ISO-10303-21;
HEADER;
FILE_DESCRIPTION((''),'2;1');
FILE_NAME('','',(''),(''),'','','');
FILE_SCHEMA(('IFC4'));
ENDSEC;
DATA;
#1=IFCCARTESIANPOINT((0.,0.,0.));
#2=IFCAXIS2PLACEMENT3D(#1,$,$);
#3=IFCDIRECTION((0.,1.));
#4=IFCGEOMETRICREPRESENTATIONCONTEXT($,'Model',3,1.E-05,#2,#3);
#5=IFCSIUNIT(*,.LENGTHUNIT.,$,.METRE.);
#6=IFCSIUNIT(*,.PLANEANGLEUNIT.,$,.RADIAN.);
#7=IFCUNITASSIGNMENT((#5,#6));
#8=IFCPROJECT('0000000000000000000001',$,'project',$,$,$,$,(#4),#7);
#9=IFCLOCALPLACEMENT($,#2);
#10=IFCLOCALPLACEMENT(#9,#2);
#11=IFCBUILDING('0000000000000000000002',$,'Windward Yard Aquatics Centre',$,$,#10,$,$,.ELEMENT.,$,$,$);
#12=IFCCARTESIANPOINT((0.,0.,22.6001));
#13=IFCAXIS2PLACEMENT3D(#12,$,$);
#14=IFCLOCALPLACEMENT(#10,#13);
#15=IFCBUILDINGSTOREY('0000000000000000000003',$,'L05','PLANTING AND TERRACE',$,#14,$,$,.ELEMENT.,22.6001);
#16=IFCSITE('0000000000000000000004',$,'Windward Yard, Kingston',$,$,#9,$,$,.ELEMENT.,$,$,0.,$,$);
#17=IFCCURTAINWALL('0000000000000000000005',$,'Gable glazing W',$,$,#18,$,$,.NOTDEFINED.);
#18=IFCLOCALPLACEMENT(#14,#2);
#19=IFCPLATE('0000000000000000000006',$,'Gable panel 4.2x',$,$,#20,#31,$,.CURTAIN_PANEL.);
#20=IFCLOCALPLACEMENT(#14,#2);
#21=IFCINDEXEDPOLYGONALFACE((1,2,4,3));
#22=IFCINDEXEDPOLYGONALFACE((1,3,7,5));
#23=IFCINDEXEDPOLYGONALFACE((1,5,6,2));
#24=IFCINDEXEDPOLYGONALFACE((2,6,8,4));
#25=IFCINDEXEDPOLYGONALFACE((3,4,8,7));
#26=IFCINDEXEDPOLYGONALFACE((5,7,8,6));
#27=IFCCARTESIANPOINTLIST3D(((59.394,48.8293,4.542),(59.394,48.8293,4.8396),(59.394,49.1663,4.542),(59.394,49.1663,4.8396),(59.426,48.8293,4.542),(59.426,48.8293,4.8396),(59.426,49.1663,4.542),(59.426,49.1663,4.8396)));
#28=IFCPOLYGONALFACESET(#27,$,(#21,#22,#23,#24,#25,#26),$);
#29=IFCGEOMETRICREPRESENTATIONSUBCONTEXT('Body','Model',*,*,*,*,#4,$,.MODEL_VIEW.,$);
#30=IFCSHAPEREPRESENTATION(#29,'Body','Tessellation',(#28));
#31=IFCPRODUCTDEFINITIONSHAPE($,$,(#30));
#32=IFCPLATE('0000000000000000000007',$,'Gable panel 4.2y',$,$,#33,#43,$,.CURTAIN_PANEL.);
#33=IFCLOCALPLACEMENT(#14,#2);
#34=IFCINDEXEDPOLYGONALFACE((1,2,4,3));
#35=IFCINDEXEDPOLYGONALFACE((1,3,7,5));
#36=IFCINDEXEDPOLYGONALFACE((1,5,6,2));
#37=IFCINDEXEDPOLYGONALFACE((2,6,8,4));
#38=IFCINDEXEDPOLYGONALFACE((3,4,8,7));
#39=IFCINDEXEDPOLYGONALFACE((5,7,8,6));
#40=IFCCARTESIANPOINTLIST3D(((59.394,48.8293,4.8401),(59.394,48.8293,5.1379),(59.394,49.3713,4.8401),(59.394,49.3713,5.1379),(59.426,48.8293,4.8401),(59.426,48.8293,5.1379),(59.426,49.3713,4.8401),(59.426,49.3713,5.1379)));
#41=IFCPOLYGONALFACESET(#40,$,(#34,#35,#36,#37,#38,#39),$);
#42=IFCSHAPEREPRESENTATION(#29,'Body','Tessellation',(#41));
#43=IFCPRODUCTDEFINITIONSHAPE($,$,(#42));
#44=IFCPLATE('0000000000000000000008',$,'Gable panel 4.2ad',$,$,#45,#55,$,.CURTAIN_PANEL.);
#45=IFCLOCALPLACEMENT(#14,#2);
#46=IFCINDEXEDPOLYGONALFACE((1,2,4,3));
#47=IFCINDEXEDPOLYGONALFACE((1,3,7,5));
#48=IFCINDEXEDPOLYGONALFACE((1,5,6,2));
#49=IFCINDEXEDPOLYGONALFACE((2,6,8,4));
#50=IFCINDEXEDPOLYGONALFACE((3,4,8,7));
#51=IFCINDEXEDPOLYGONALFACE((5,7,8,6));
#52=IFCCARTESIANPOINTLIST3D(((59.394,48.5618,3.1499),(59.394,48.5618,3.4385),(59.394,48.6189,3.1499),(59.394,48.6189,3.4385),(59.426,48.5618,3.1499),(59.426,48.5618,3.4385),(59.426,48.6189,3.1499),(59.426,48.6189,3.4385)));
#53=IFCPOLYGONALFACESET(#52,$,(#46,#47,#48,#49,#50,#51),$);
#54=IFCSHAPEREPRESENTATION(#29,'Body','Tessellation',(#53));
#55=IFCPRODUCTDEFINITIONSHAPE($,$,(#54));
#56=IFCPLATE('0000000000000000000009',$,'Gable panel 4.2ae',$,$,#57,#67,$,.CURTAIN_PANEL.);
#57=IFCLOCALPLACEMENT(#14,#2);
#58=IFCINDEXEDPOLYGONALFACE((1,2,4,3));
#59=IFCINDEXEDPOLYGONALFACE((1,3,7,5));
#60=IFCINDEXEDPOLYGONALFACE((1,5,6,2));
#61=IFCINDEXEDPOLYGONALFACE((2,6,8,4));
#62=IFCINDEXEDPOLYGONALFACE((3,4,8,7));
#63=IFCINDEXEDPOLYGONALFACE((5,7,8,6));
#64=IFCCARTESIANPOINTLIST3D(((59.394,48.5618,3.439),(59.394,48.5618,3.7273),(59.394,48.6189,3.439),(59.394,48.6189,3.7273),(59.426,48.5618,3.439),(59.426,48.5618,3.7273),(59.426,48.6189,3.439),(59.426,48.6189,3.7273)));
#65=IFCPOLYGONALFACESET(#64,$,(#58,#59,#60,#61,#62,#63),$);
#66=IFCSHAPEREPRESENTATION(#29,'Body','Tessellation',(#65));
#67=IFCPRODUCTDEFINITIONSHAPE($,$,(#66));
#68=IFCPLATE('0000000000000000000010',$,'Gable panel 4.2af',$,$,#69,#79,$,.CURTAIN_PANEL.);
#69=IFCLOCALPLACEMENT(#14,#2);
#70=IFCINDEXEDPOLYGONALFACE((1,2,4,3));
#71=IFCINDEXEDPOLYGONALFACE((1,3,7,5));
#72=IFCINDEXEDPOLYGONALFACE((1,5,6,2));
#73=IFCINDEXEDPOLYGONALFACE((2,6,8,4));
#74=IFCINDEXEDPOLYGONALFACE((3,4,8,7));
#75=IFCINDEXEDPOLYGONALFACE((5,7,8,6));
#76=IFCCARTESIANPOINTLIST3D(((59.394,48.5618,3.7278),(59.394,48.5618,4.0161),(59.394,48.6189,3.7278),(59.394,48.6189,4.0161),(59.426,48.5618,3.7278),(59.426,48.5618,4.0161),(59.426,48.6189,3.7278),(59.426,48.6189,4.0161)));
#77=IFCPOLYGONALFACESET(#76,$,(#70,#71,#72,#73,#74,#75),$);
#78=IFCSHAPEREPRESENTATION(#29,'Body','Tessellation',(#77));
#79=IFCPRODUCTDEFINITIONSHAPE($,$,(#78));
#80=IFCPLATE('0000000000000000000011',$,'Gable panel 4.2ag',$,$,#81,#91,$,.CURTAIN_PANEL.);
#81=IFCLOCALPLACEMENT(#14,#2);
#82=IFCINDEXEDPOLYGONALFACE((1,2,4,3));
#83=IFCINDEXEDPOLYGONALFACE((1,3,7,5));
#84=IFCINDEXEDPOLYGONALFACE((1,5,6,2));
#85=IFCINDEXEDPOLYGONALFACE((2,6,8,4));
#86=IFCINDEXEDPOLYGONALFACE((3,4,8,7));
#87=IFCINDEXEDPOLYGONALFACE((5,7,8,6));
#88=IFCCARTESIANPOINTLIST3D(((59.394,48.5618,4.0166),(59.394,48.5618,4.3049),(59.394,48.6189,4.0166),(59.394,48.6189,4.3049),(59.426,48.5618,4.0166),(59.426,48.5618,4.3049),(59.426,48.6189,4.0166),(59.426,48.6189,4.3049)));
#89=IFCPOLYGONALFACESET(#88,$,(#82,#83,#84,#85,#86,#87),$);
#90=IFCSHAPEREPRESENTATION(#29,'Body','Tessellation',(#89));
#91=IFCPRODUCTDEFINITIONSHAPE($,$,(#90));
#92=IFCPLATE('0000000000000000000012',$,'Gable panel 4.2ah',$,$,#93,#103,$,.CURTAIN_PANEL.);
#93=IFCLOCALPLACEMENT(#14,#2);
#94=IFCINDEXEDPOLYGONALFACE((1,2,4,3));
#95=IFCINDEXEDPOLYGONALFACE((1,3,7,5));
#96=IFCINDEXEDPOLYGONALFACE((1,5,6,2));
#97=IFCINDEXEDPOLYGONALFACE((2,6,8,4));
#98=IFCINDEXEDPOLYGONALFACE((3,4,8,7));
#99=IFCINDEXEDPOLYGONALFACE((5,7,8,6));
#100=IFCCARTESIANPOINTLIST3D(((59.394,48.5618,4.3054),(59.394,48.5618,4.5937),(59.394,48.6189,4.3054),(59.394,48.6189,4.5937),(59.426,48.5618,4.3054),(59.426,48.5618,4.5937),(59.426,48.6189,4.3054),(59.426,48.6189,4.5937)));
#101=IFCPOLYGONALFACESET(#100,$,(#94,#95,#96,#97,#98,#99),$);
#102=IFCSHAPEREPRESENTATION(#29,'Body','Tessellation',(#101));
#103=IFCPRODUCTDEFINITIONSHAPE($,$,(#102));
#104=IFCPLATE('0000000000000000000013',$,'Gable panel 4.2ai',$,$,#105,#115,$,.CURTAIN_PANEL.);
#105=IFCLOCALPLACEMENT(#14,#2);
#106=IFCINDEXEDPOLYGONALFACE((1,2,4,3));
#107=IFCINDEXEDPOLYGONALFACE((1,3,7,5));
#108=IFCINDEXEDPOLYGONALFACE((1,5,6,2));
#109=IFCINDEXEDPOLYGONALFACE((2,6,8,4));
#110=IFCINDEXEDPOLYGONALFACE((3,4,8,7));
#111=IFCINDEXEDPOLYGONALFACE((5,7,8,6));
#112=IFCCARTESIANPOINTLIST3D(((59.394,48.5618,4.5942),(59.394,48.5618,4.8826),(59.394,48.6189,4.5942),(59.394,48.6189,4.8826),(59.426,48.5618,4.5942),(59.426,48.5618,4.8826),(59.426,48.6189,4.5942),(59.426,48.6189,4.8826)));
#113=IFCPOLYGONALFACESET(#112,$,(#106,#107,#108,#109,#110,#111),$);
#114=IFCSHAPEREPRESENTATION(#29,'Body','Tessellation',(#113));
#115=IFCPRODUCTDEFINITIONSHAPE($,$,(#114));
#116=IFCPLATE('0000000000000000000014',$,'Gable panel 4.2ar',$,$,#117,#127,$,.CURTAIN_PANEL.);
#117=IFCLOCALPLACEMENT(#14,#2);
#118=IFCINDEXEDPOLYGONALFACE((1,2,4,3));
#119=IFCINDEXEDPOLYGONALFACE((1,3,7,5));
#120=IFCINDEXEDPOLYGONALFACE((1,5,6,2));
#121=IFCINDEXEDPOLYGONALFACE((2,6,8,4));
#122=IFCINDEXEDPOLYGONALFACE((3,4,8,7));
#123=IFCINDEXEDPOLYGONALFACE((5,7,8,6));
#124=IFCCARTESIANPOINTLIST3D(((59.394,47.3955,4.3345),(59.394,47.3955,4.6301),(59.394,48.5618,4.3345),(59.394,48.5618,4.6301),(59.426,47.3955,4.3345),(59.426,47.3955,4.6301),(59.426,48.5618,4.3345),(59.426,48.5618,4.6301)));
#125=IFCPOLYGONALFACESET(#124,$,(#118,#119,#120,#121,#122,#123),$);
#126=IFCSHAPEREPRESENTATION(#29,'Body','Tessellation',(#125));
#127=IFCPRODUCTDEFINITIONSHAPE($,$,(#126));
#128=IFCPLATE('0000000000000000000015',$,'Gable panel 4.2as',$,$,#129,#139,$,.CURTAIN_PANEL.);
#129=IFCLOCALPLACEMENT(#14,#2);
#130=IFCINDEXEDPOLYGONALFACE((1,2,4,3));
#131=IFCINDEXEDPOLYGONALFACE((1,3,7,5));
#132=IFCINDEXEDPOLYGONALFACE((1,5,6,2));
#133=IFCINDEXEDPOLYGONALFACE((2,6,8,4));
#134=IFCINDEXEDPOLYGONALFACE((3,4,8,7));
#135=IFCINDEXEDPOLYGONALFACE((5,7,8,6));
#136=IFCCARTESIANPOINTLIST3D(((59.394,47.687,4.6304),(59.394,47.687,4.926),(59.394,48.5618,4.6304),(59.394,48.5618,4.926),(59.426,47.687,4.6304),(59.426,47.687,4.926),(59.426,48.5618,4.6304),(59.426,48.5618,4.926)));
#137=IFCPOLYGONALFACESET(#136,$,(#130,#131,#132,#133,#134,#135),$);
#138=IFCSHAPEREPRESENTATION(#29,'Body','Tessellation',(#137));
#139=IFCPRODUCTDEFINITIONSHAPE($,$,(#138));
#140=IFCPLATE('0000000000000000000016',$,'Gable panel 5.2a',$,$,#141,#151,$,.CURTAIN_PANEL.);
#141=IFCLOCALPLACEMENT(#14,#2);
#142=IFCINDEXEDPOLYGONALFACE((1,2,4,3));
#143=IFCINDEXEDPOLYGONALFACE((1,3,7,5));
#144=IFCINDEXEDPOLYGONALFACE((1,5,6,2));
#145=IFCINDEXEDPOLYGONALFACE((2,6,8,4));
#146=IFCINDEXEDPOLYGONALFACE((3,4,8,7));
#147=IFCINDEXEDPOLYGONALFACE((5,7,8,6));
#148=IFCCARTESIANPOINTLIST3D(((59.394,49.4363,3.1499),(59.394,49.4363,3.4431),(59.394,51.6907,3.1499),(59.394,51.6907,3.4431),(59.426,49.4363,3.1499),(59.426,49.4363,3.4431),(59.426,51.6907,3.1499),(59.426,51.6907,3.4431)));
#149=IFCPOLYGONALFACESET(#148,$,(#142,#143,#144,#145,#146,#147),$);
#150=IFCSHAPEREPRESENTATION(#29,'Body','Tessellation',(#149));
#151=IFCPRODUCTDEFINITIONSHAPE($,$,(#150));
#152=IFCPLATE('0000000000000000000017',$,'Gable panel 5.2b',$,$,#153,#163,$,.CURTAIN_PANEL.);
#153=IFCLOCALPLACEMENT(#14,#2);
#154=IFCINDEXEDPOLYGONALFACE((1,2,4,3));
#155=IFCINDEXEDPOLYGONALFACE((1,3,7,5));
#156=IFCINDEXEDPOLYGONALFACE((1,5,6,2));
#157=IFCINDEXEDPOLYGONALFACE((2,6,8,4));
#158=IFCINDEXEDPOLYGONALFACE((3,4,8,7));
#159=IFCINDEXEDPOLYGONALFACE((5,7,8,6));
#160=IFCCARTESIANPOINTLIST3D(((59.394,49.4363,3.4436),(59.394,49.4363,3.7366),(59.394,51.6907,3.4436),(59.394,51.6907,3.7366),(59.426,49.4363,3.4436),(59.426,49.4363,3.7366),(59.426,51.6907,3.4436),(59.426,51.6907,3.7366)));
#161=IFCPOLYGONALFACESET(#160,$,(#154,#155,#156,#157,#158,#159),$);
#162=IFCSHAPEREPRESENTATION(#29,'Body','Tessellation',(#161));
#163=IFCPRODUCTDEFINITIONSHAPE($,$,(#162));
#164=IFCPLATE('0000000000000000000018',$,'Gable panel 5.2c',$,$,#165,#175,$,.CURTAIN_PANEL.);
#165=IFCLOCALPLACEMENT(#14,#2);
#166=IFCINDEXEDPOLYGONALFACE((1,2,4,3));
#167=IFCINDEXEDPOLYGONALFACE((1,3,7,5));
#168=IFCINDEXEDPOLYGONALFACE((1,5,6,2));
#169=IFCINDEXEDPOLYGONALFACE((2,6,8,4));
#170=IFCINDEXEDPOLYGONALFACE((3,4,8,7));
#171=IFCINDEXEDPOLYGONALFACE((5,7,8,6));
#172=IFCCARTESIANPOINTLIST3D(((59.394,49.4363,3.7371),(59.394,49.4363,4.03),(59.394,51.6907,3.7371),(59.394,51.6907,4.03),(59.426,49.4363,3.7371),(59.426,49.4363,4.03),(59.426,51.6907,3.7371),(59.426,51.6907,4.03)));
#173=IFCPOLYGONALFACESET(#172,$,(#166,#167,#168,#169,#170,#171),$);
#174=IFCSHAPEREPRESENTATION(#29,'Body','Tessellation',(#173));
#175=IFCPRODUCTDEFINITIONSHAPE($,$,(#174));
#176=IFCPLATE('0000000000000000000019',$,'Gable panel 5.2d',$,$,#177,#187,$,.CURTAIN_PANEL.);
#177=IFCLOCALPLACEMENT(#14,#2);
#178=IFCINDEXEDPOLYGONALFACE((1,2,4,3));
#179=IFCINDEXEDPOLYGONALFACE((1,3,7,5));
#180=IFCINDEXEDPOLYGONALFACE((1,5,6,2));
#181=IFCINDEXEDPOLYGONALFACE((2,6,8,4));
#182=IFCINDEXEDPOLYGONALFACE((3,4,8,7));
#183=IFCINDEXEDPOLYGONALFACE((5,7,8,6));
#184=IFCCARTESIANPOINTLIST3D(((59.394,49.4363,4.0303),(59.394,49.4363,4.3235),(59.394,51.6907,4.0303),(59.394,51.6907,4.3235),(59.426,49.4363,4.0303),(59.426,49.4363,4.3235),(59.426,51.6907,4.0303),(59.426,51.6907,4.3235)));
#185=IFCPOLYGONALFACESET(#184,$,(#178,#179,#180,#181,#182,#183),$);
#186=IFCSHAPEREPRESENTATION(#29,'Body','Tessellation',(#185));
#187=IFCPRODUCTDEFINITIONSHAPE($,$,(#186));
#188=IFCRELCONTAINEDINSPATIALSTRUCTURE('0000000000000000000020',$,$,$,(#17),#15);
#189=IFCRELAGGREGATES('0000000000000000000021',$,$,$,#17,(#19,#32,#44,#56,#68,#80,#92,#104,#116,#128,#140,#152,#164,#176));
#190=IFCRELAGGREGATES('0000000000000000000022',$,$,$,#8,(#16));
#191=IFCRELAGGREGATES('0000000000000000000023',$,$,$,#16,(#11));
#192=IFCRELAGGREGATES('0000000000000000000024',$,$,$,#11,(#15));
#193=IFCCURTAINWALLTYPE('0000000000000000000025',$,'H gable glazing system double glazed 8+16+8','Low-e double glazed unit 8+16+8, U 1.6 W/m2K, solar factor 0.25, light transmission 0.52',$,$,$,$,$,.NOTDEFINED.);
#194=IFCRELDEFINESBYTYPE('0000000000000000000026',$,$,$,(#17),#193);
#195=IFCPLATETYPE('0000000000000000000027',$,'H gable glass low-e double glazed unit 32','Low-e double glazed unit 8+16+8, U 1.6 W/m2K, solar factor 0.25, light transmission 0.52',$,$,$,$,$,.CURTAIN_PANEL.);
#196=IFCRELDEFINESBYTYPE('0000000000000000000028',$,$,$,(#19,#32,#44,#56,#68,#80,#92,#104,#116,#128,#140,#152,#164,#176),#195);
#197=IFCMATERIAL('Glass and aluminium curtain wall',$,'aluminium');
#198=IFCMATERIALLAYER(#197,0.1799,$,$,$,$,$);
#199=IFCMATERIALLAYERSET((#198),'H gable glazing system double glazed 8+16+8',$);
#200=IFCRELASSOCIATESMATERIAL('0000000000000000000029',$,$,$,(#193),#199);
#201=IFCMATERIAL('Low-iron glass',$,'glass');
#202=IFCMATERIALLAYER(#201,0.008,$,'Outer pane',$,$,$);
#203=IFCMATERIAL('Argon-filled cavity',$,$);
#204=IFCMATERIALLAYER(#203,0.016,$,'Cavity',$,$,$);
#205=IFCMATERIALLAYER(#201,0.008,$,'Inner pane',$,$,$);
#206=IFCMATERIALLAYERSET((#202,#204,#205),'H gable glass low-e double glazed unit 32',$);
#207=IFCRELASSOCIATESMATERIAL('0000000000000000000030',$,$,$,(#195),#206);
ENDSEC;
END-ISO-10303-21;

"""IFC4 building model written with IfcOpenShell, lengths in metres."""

from ifc_helpers import new_model, si_unit, direction, frame, origin, place, context, subcontext, project, spatial, polyline, outline, extrude, material, layer, layer_set, type_object, element, aggregate, save


model = new_model("IFC4")

# Units and contexts
model_context = context("Model", 3, precision=1e-05, world=origin(), true_north=direction((0.0, 1.0)))
body_context = subcontext(model_context, "Body", "Model", "MODEL_VIEW")
ifc_project = project(units=[si_unit("LENGTHUNIT", "METRE"), si_unit("PLANEANGLEUNIT", "RADIAN")], contexts=[model_context])

# Site, building, storey
site_placement = place(None, origin())
site = spatial("IfcSite", under=ifc_project, at=site_placement, Name="Windward Yard, Kingston", CompositionType="ELEMENT", RefElevation=0.0)
building_placement = place(site_placement, origin())
building = spatial("IfcBuilding", under=site, at=building_placement, Name="Windward Yard Aquatics Centre", CompositionType="ELEMENT")
storey_placement = place(building_placement, frame((0.0, 0.0, 22.6001)))
storey = spatial("IfcBuildingStorey", under=building, at=storey_placement, Name="L05", Description="PLANTING AND TERRACE", CompositionType="ELEMENT", Elevation=22.6001)

# Curtain wall, plates
ifc_material_1 = material(Name="Glass and aluminium curtain wall", Category="aluminium")
ifc_layer_1 = layer(ifc_material_1, 0.1799)
ifc_layer_set_1 = layer_set([ifc_layer_1], Name="H gable glazing system double glazed 8+16+8")
curtain_wall_type = type_object("IfcCurtainWallType", Name="H gable glazing system double glazed 8+16+8", Description="Low-e double glazed unit 8+16+8, U 1.6 W/m2K, solar factor 0.25, light transmission 0.52", PredefinedType="NOTDEFINED", material=ifc_layer_set_1)
curtain_wall_placement = place(storey_placement, origin())
curtain_wall = element("IfcCurtainWall", 1, at=curtain_wall_placement, inside=storey, type_object=curtain_wall_type, Name="Gable glazing W", PredefinedType="NOTDEFINED")
ifc_material_2 = material(Name="Low-iron glass", Category="glass")
ifc_layer_2 = layer(ifc_material_2, 0.008, Name="Outer pane")
ifc_material_3 = material(Name="Argon-filled cavity")
ifc_layer_3 = layer(ifc_material_3, 0.016, Name="Cavity")
ifc_layer_4 = layer(ifc_material_2, 0.008, Name="Inner pane")
ifc_layer_set_2 = layer_set([ifc_layer_2, ifc_layer_3, ifc_layer_4], Name="H gable glass low-e double glazed unit 32")
plate_type = type_object("IfcPlateType", Name="H gable glass low-e double glazed unit 32", Description="Low-e double glazed unit 8+16+8, U 1.6 W/m2K, solar factor 0.25, light transmission 0.52", PredefinedType="CURTAIN_PANEL", material=ifc_layer_set_2)
plate_1_placement = place(storey_placement, frame((59.426, 48.8293, 4.542), z_axis=(1.0, 0.0, 0.0), x_axis=(0.0, 1.0, 0.0)))
plate_1 = element("IfcPlate", 2, at=plate_1_placement, type_object=plate_type, Name="Gable panel 4.2x", PredefinedType="CURTAIN_PANEL", context=body_context, shape_type="SweptSolid", body=[
    extrude(outline(polyline([(0.0, 0.0), (0.3369, 0.0), (0.3369, 0.2976), (0.0, 0.2976), (0.0, 0.0)])), origin(), (0.0, 0.0, -1.0), 0.032),
])
plate_2_placement = place(storey_placement, frame((59.426, 48.8293, 4.8401), z_axis=(1.0, 0.0, 0.0), x_axis=(0.0, 1.0, 0.0)))
plate_2 = element("IfcPlate", 3, at=plate_2_placement, type_object=plate_type, Name="Gable panel 4.2y", PredefinedType="CURTAIN_PANEL", context=body_context, shape_type="SweptSolid", body=[
    extrude(outline(polyline([(0.0, 0.0), (0.542, 0.0), (0.542, 0.2979), (0.0, 0.2979), (0.0, 0.0)])), origin(), (0.0, 0.0, -1.0), 0.032),
])
plate_3_placement = place(storey_placement, frame((59.426, 48.5618, 3.1499), z_axis=(1.0, 0.0, 0.0), x_axis=(0.0, 1.0, 0.0)))
plate_3 = element("IfcPlate", 4, at=plate_3_placement, type_object=plate_type, Name="Gable panel 4.2ad", PredefinedType="CURTAIN_PANEL", context=body_context, shape_type="SweptSolid", body=[
    extrude(outline(polyline([(0.0, 0.0), (0.0571, 0.0), (0.0571, 0.2886), (0.0, 0.2886), (0.0, 0.0)])), origin(), (0.0, 0.0, -1.0), 0.032),
])
plate_4_placement = place(storey_placement, frame((59.426, 48.5618, 3.439), z_axis=(1.0, 0.0, 0.0), x_axis=(0.0, 1.0, 0.0)))
plate_4 = element("IfcPlate", 5, at=plate_4_placement, type_object=plate_type, Name="Gable panel 4.2ae", PredefinedType="CURTAIN_PANEL", context=body_context, shape_type="SweptSolid", body=[
    extrude(outline(polyline([(0.0, 0.0), (0.0571, 0.0), (0.0571, 0.2883), (0.0, 0.2883), (0.0, 0.0)])), origin(), (0.0, 0.0, -1.0), 0.032),
])
plate_5_placement = place(storey_placement, frame((59.426, 48.5618, 3.7278), z_axis=(1.0, 0.0, 0.0), x_axis=(0.0, 1.0, 0.0)))
plate_5 = element("IfcPlate", 6, at=plate_5_placement, type_object=plate_type, Name="Gable panel 4.2af", PredefinedType="CURTAIN_PANEL", context=body_context, shape_type="SweptSolid", body=[
    extrude(outline(polyline([(0.0, 0.0), (0.0571, 0.0), (0.0571, 0.2883), (0.0, 0.2883), (0.0, 0.0)])), origin(), (0.0, 0.0, -1.0), 0.032),
])
plate_6_placement = place(storey_placement, frame((59.426, 48.5618, 4.0166), z_axis=(1.0, 0.0, 0.0), x_axis=(0.0, 1.0, 0.0)))
plate_6 = element("IfcPlate", 7, at=plate_6_placement, type_object=plate_type, Name="Gable panel 4.2ag", PredefinedType="CURTAIN_PANEL", context=body_context, shape_type="SweptSolid", body=[
    extrude(outline(polyline([(0.0, 0.0), (0.0571, 0.0), (0.0571, 0.2883), (0.0, 0.2883), (0.0, 0.0)])), origin(), (0.0, 0.0, -1.0), 0.032),
])
plate_7_placement = place(storey_placement, frame((59.426, 48.5618, 4.3054), z_axis=(1.0, 0.0, 0.0), x_axis=(0.0, 1.0, 0.0)))
plate_7 = element("IfcPlate", 8, at=plate_7_placement, type_object=plate_type, Name="Gable panel 4.2ah", PredefinedType="CURTAIN_PANEL", context=body_context, shape_type="SweptSolid", body=[
    extrude(outline(polyline([(0.0, 0.0), (0.0571, 0.0), (0.0571, 0.2883), (0.0, 0.2883), (0.0, 0.0)])), origin(), (0.0, 0.0, -1.0), 0.032),
])
plate_8_placement = place(storey_placement, frame((59.426, 48.5618, 4.5942), z_axis=(1.0, 0.0, 0.0), x_axis=(0.0, 1.0, 0.0)))
plate_8 = element("IfcPlate", 9, at=plate_8_placement, type_object=plate_type, Name="Gable panel 4.2ai", PredefinedType="CURTAIN_PANEL", context=body_context, shape_type="SweptSolid", body=[
    extrude(outline(polyline([(0.0, 0.0), (0.0571, 0.0), (0.0571, 0.2883), (0.0, 0.2883), (0.0, 0.0)])), origin(), (0.0, 0.0, -1.0), 0.032),
])
plate_9_placement = place(storey_placement, frame((59.426, 47.3955, 4.3345), z_axis=(1.0, 0.0, 0.0), x_axis=(0.0, 1.0, 0.0)))
plate_9 = element("IfcPlate", 10, at=plate_9_placement, type_object=plate_type, Name="Gable panel 4.2ar", PredefinedType="CURTAIN_PANEL", context=body_context, shape_type="SweptSolid", body=[
    extrude(outline(polyline([(0.0, 0.0), (1.1663, 0.0), (1.1663, 0.2957), (0.0, 0.2957), (0.0, 0.0)])), origin(), (0.0, 0.0, -1.0), 0.032),
])
plate_10_placement = place(storey_placement, frame((59.426, 47.687, 4.6304), z_axis=(1.0, 0.0, 0.0), x_axis=(0.0, 1.0, 0.0)))
plate_10 = element("IfcPlate", 11, at=plate_10_placement, type_object=plate_type, Name="Gable panel 4.2as", PredefinedType="CURTAIN_PANEL", context=body_context, shape_type="SweptSolid", body=[
    extrude(outline(polyline([(0.0, 0.0), (0.8748, 0.0), (0.8748, 0.2957), (0.0, 0.2957), (0.0, 0.0)])), origin(), (0.0, 0.0, -1.0), 0.032),
])
plate_11_placement = place(storey_placement, frame((59.426, 49.4363, 3.1499), z_axis=(1.0, 0.0, 0.0), x_axis=(0.0, 1.0, 0.0)))
plate_11 = element("IfcPlate", 12, at=plate_11_placement, type_object=plate_type, Name="Gable panel 5.2a", PredefinedType="CURTAIN_PANEL", context=body_context, shape_type="SweptSolid", body=[
    extrude(outline(polyline([(0.0, 0.0), (2.2544, 0.0), (2.2544, 0.2932), (0.0, 0.2932), (0.0, 0.0)])), origin(), (0.0, 0.0, -1.0), 0.032),
])
plate_12_placement = place(storey_placement, frame((59.426, 49.4363, 3.4436), z_axis=(1.0, 0.0, 0.0), x_axis=(0.0, 1.0, 0.0)))
plate_12 = element("IfcPlate", 13, at=plate_12_placement, type_object=plate_type, Name="Gable panel 5.2b", PredefinedType="CURTAIN_PANEL", context=body_context, shape_type="SweptSolid", body=[
    extrude(outline(polyline([(0.0, 0.0), (2.2544, 0.0), (2.2544, 0.293), (0.0, 0.293), (0.0, 0.0)])), origin(), (0.0, 0.0, -1.0), 0.032),
])
plate_13_placement = place(storey_placement, frame((59.426, 49.4363, 3.7371), z_axis=(1.0, 0.0, 0.0), x_axis=(0.0, 1.0, 0.0)))
plate_13 = element("IfcPlate", 14, at=plate_13_placement, type_object=plate_type, Name="Gable panel 5.2c", PredefinedType="CURTAIN_PANEL", context=body_context, shape_type="SweptSolid", body=[
    extrude(outline(polyline([(0.0, 0.0), (2.2544, 0.0), (2.2544, 0.293), (0.0, 0.293), (0.0, 0.0)])), origin(), (0.0, 0.0, -1.0), 0.032),
])
plate_14_placement = place(storey_placement, frame((59.426, 49.4363, 4.0303), z_axis=(1.0, 0.0, 0.0), x_axis=(0.0, 1.0, 0.0)))
plate_14 = element("IfcPlate", 15, at=plate_14_placement, type_object=plate_type, Name="Gable panel 5.2d", PredefinedType="CURTAIN_PANEL", context=body_context, shape_type="SweptSolid", body=[
    extrude(outline(polyline([(0.0, 0.0), (2.2544, 0.0), (2.2544, 0.2932), (0.0, 0.2932), (0.0, 0.0)])), origin(), (0.0, 0.0, -1.0), 0.032),
])
aggregate(curtain_wall, [plate_1, plate_2, plate_3, plate_4, plate_5, plate_6, plate_7, plate_8, plate_9, plate_10, plate_11, plate_12, plate_13, plate_14])

save(model, "model.ifc")
